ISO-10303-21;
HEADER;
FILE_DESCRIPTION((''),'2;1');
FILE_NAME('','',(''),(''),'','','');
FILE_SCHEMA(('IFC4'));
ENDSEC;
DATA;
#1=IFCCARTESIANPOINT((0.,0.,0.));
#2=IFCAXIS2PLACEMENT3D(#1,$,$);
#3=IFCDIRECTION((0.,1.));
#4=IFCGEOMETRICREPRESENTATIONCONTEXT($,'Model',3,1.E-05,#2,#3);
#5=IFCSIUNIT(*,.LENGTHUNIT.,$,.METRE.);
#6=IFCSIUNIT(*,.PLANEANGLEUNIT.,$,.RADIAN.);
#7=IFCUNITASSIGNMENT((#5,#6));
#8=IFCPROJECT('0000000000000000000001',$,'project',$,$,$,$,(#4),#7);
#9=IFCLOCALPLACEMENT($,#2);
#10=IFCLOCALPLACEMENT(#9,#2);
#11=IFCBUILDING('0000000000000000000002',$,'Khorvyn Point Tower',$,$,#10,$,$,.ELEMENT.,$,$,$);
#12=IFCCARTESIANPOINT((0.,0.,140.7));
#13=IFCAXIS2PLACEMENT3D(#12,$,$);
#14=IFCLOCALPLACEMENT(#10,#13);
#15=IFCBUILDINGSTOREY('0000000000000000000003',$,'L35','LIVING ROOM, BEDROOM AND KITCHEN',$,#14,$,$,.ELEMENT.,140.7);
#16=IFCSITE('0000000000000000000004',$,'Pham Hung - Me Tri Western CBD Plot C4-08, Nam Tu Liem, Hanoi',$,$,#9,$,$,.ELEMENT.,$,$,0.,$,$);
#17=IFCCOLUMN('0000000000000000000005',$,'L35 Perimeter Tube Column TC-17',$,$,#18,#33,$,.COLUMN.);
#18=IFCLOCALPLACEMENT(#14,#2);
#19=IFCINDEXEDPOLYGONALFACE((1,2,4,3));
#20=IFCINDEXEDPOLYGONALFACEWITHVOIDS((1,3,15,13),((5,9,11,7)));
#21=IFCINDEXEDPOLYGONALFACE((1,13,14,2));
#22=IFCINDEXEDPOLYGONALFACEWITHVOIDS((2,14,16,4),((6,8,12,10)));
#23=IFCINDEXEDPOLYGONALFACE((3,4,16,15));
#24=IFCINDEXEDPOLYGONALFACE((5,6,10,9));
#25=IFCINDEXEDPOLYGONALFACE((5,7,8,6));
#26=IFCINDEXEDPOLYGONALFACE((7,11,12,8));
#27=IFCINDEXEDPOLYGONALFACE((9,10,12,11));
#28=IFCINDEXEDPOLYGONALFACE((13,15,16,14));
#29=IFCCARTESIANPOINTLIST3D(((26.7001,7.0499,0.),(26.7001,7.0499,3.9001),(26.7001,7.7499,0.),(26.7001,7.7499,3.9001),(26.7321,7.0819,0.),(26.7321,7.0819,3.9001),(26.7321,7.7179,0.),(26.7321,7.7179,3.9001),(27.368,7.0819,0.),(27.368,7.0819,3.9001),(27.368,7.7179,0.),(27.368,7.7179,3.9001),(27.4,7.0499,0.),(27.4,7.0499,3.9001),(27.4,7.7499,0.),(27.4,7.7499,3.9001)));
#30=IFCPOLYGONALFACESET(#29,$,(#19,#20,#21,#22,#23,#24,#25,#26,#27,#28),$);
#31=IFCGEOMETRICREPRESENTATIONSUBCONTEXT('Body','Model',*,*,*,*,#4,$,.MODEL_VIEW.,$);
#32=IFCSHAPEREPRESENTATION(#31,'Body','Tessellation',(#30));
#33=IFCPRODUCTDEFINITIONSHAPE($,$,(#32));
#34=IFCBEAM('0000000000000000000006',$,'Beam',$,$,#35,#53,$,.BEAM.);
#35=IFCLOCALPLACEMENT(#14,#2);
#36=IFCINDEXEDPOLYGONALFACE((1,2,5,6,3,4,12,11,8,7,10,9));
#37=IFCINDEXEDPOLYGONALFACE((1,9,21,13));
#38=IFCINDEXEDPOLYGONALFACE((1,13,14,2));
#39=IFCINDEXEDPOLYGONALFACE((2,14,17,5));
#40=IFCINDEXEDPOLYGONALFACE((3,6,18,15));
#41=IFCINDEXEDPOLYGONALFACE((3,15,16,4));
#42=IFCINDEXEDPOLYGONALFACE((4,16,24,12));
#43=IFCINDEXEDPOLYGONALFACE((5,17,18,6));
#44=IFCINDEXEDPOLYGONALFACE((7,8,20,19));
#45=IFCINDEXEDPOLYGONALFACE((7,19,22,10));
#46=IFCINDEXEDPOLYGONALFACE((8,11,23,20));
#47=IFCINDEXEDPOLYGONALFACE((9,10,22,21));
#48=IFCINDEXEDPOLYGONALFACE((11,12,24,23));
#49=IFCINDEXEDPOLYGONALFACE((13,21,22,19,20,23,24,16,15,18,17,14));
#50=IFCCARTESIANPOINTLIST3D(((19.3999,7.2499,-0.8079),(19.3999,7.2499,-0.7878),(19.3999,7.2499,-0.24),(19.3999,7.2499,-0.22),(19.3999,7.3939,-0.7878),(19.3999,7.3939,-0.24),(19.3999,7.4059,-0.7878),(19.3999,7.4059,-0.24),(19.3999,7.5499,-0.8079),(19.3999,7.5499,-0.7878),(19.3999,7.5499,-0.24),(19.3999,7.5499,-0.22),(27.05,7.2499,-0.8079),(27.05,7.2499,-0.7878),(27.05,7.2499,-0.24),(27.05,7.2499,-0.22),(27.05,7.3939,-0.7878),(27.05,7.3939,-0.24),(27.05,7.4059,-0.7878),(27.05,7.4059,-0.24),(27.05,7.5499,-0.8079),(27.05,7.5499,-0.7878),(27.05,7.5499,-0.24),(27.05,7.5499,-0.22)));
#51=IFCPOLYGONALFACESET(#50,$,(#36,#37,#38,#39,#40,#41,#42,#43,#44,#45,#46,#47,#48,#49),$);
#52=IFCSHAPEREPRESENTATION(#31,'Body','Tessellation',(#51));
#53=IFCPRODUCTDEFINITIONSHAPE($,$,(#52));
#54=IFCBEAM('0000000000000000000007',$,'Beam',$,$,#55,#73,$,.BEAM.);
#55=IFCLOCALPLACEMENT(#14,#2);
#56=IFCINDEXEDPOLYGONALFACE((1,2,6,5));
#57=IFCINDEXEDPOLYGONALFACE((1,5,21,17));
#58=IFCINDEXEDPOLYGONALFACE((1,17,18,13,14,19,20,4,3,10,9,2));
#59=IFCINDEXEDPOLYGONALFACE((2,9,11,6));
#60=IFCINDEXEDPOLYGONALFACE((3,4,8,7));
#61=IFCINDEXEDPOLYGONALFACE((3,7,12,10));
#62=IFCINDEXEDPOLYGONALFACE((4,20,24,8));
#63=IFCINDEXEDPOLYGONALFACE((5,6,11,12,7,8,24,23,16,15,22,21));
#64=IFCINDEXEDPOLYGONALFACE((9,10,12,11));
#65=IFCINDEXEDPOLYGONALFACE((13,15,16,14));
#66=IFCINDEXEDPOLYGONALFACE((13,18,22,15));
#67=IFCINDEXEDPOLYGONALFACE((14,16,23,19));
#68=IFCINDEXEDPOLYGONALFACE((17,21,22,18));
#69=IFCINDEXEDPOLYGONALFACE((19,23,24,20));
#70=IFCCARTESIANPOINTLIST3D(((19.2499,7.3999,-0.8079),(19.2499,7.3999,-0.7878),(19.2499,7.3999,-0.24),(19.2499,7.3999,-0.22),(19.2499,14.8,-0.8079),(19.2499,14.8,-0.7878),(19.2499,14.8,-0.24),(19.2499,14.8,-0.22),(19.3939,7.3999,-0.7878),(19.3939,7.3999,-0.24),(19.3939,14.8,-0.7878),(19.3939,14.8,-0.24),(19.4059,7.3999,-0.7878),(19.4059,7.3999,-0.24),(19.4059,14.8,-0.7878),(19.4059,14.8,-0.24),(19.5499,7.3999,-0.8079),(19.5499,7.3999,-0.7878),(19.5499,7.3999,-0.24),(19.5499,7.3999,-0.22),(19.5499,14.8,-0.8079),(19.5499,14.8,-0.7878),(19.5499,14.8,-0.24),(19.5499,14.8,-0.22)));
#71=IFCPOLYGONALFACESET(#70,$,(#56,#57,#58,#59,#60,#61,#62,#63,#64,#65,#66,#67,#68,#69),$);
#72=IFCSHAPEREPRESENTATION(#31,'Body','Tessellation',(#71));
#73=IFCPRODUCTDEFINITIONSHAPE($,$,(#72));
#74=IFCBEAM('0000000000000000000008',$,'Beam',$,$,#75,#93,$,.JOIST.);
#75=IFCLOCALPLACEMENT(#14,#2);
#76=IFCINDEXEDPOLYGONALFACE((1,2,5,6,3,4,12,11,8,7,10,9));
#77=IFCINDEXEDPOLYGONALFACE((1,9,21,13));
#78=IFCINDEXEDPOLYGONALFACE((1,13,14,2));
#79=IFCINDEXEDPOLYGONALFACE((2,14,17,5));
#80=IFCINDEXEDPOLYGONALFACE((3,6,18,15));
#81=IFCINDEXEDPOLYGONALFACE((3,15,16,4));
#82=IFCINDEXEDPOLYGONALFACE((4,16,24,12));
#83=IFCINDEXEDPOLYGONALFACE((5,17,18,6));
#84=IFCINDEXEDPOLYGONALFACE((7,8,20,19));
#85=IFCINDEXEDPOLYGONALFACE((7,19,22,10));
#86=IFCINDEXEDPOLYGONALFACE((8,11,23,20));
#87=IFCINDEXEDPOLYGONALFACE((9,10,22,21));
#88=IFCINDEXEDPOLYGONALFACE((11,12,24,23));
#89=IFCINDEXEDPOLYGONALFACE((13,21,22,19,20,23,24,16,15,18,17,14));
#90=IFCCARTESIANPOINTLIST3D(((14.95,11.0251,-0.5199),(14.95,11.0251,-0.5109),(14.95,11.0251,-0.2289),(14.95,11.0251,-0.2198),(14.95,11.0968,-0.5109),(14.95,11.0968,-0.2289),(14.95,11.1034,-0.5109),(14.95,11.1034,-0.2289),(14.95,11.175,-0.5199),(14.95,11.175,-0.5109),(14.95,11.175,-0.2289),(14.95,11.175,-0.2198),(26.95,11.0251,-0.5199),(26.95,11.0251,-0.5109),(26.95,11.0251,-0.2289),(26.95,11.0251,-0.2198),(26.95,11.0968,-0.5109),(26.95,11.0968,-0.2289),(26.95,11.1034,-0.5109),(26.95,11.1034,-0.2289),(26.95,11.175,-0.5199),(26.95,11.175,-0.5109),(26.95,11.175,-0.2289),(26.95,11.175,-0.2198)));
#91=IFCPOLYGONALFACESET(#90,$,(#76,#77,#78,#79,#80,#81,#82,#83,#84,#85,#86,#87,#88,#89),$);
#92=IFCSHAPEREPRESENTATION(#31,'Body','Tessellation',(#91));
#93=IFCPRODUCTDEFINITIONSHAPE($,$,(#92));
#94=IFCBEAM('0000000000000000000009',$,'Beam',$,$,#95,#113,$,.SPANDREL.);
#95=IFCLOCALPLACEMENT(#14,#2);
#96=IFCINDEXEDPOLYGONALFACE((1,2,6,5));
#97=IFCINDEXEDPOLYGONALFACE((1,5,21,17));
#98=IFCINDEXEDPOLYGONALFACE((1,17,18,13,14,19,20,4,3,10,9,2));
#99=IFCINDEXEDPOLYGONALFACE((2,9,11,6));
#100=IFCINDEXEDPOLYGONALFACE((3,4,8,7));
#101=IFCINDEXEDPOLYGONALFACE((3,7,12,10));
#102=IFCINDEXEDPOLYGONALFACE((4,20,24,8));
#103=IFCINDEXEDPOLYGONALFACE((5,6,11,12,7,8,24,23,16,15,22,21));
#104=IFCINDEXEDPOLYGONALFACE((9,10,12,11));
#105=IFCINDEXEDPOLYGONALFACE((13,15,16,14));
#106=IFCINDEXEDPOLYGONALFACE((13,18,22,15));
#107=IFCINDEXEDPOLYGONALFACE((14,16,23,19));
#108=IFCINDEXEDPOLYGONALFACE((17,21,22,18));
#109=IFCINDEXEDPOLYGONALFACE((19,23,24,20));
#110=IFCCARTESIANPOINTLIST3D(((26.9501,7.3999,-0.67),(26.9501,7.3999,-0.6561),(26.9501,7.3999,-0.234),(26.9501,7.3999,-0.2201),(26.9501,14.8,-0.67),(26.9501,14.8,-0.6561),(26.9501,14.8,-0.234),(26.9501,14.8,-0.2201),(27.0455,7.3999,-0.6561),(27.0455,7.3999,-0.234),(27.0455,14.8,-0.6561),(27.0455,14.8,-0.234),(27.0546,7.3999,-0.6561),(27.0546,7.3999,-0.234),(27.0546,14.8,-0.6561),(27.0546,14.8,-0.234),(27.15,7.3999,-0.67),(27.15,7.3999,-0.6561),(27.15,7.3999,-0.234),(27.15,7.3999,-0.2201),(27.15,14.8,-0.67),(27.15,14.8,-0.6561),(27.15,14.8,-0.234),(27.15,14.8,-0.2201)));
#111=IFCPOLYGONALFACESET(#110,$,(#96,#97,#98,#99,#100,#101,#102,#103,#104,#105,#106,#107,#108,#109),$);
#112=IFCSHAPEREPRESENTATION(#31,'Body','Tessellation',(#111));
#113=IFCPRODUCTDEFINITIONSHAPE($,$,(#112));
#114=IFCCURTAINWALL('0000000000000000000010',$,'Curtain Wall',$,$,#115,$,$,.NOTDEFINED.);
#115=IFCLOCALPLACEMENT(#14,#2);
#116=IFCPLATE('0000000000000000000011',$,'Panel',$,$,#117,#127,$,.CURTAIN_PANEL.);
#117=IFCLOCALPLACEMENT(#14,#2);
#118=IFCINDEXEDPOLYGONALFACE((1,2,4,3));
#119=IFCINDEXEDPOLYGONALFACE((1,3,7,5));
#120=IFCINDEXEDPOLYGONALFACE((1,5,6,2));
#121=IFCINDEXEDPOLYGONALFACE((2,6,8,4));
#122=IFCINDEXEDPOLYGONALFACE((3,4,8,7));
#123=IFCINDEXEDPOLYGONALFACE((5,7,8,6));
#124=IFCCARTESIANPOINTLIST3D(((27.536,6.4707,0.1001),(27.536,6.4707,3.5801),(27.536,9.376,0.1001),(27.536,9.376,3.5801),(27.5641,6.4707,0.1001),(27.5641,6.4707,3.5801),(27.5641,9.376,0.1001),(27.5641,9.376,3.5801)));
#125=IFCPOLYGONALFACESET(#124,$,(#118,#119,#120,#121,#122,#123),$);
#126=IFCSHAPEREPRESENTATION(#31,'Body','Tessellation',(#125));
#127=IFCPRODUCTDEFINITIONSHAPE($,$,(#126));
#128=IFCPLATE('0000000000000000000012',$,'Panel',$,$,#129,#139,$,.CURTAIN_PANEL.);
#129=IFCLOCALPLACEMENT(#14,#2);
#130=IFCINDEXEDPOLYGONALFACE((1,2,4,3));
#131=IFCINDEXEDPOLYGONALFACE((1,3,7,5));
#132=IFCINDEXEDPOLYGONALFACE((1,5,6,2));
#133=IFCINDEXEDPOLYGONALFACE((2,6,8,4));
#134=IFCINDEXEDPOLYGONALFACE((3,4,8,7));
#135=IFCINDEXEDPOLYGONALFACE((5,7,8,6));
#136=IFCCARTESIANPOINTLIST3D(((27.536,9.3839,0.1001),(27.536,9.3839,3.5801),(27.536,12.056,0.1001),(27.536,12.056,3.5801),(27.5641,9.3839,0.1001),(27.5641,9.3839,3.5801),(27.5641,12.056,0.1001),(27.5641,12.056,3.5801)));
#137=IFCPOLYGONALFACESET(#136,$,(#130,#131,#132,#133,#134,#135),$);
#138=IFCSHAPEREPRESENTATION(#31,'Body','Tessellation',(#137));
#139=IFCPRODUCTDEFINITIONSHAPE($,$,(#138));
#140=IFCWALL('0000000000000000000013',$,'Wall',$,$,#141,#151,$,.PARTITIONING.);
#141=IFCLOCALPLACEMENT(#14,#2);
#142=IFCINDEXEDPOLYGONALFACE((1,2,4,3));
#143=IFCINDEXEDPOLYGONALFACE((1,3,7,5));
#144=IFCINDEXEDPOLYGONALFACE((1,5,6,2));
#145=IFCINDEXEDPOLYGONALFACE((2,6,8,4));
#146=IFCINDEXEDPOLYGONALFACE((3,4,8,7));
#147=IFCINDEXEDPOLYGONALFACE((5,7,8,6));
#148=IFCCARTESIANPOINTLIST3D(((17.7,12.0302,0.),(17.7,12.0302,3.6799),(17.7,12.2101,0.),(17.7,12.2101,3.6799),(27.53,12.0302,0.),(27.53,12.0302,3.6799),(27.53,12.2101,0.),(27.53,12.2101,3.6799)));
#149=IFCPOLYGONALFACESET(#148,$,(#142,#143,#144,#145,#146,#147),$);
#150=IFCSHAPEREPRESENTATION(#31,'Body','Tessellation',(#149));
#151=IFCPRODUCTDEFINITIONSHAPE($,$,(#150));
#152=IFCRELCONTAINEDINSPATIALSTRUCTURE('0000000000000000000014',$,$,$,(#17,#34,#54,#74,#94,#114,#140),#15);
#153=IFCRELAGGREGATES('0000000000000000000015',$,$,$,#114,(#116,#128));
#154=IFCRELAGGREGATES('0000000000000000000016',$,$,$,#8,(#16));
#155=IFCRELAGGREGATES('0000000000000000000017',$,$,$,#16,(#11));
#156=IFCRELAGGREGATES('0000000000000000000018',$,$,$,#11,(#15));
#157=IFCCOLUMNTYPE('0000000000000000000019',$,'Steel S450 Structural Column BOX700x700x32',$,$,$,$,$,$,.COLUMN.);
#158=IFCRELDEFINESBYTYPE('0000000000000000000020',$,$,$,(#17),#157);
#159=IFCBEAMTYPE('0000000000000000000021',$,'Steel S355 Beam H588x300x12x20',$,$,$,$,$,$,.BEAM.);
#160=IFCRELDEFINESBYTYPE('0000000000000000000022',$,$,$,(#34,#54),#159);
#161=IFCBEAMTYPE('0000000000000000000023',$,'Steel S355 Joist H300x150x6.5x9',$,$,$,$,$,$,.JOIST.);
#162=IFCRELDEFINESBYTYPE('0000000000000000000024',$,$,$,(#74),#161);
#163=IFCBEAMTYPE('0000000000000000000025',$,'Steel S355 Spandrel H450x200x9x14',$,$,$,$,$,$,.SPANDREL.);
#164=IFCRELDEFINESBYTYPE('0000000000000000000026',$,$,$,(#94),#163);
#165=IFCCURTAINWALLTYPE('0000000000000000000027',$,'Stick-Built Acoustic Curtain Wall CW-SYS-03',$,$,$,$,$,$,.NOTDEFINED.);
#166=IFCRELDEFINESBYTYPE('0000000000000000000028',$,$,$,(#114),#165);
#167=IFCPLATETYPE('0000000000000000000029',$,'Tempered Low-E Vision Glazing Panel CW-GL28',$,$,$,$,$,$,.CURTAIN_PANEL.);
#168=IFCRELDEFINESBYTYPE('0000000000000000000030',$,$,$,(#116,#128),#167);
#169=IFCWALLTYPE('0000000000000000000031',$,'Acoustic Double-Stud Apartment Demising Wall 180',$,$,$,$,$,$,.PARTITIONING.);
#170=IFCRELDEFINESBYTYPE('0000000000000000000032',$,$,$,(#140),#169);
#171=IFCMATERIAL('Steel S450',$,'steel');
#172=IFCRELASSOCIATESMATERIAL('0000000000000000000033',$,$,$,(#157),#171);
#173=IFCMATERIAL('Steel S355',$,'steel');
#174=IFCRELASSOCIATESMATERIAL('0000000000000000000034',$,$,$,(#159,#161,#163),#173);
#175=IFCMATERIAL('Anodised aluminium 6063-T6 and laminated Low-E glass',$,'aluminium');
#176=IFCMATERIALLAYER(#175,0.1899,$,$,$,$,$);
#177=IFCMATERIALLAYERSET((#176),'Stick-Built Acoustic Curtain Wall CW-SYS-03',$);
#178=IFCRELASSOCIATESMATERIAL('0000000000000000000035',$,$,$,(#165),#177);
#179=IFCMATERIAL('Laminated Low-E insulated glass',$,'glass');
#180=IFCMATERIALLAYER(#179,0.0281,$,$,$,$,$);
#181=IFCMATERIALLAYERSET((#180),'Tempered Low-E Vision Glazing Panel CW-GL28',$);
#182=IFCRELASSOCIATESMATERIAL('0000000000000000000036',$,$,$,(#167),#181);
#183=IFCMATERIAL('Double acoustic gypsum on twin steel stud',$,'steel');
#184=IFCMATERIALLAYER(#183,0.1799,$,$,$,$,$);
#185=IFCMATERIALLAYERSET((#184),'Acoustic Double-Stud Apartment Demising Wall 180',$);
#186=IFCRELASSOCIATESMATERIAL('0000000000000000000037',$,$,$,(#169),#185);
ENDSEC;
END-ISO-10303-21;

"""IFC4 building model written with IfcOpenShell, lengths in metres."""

from ifc_helpers import new_model, si_unit, direction, frame, frame_2d, origin, origin_2d, place, context, subcontext, project, spatial, rectangle, hollow_rectangle, i_section, extrude, material, layer, layer_set, material_profile, profile_set, type_object, element, aggregate, save


model = new_model("IFC4")

# Units and contexts
model_context = context("Model", 3, precision=1e-05, world=origin(), true_north=direction((0.0, 1.0)))
body_context = subcontext(model_context, "Body", "Model", "MODEL_VIEW")
ifc_project = project(units=[si_unit("LENGTHUNIT", "METRE"), si_unit("PLANEANGLEUNIT", "RADIAN")], contexts=[model_context])

# Site, building, storey
site_placement = place(None, origin())
site = spatial("IfcSite", under=ifc_project, at=site_placement, Name="Pham Hung - Me Tri Western CBD Plot C4-08, Nam Tu Liem, Hanoi", CompositionType="ELEMENT", RefElevation=0.0)
building_placement = place(site_placement, origin())
building = spatial("IfcBuilding", under=site, at=building_placement, Name="Khorvyn Point Tower", CompositionType="ELEMENT")
storey_placement = place(building_placement, frame((0.0, 0.0, 140.7)))
storey = spatial("IfcBuildingStorey", under=building, at=storey_placement, Name="L35", Description="LIVING ROOM, BEDROOM AND KITCHEN", CompositionType="ELEMENT", Elevation=140.7)

# Column
ifc_material_1 = material(Name="Steel S450", Category="steel")
ifc_material_profile_1 = material_profile(ifc_material_1, hollow_rectangle(XDim=0.7, YDim=0.7, WallThickness=0.032, at=origin_2d()))
ifc_profile_set_1 = profile_set([ifc_material_profile_1], Name="Steel S450 BOX700x700x32")
column_type = type_object("IfcColumnType", Name="Steel S450 Structural Column BOX700x700x32", PredefinedType="COLUMN", material=ifc_profile_set_1)
column_placement = place(storey_placement, frame((27.05, 7.3999, 0.0), z_axis=(0.0, 0.0, 1.0), x_axis=(1.0, 0.0, 0.0)))
element("IfcColumn", 1, at=column_placement, inside=storey, type_object=column_type, Name="L35 Perimeter Tube Column TC-17", PredefinedType="COLUMN", context=body_context, shape_type="SweptSolid", body=[
    extrude(hollow_rectangle(XDim=0.7, YDim=0.7, WallThickness=0.032, at=origin_2d()), origin(), (0.0, 0.0, 1.0), 3.9001),
])

# Beams
ifc_material_2 = material(Name="Steel S355", Category="steel")
ifc_material_profile_2 = material_profile(ifc_material_2, i_section(OverallWidth=0.3, OverallDepth=0.5879, WebThickness=0.012, FlangeThickness=0.02, at=origin_2d()))
ifc_profile_set_2 = profile_set([ifc_material_profile_2], Name="Steel S355 H588x300x12x20")
beam_type_1 = type_object("IfcBeamType", Name="Steel S355 Beam H588x300x12x20", PredefinedType="BEAM", material=ifc_profile_set_2)
beam_1_placement = place(storey_placement, frame((19.3999, 7.3999, -0.5139), z_axis=(1.0, 0.0, 0.0), x_axis=(0.0, 1.0, 0.0)))
element("IfcBeam", 2, at=beam_1_placement, inside=storey, type_object=beam_type_1, Name="Beam", PredefinedType="BEAM", context=body_context, shape_type="SweptSolid", body=[
    extrude(i_section(OverallWidth=0.3, OverallDepth=0.5879, WebThickness=0.012, FlangeThickness=0.02, at=origin_2d()), origin(), (0.0, 0.0, 1.0), 7.6501),
])
beam_2_placement = place(storey_placement, frame((19.3999, 7.3999, -0.5139), z_axis=(0.0, 1.0, 0.0), x_axis=(-1.0, 0.0, 0.0)))
element("IfcBeam", 3, at=beam_2_placement, inside=storey, type_object=beam_type_1, Name="Beam", PredefinedType="BEAM", context=body_context, shape_type="SweptSolid", body=[
    extrude(i_section(OverallWidth=0.3, OverallDepth=0.5879, WebThickness=0.012, FlangeThickness=0.02, at=origin_2d()), origin(), (0.0, 0.0, 1.0), 7.4001),
])
ifc_material_profile_3 = material_profile(ifc_material_2, i_section(OverallWidth=0.1499, OverallDepth=0.3, WebThickness=0.0066, FlangeThickness=0.009, at=origin_2d()))
ifc_profile_set_3 = profile_set([ifc_material_profile_3], Name="Steel S355 H300x150x6.5x9")
beam_type_2 = type_object("IfcBeamType", Name="Steel S355 Joist H300x150x6.5x9", PredefinedType="JOIST", material=ifc_profile_set_3)
beam_3_placement = place(storey_placement, frame((14.95, 11.1001, -0.3699), z_axis=(1.0, 0.0, 0.0), x_axis=(0.0, 1.0, 0.0)))
element("IfcBeam", 4, at=beam_3_placement, inside=storey, type_object=beam_type_2, Name="Beam", PredefinedType="JOIST", context=body_context, shape_type="SweptSolid", body=[
    extrude(i_section(OverallWidth=0.1499, OverallDepth=0.3, WebThickness=0.0066, FlangeThickness=0.009, at=origin_2d()), origin(), (0.0, 0.0, 1.0), 12.0),
])
ifc_material_profile_4 = material_profile(ifc_material_2, i_section(OverallWidth=0.2, OverallDepth=0.45, WebThickness=0.009, FlangeThickness=0.0139, at=origin_2d()))
ifc_profile_set_4 = profile_set([ifc_material_profile_4], Name="Steel S355 H450x200x9x14")
beam_type_3 = type_object("IfcBeamType", Name="Steel S355 Spandrel H450x200x9x14", PredefinedType="SPANDREL", material=ifc_profile_set_4)
beam_4_placement = place(storey_placement, frame((27.05, 7.3999, -0.4451), z_axis=(0.0, 1.0, 0.0), x_axis=(-1.0, 0.0, 0.0)))
element("IfcBeam", 5, at=beam_4_placement, inside=storey, type_object=beam_type_3, Name="Beam", PredefinedType="SPANDREL", context=body_context, shape_type="SweptSolid", body=[
    extrude(i_section(OverallWidth=0.2, OverallDepth=0.45, WebThickness=0.009, FlangeThickness=0.0139, at=origin_2d()), origin(), (0.0, 0.0, 1.0), 7.4001),
])

# Curtain wall, plates
ifc_material_3 = material(Name="Anodised aluminium 6063-T6 and laminated Low-E glass", Category="aluminium")
ifc_layer_1 = layer(ifc_material_3, 0.1899)
ifc_layer_set_1 = layer_set([ifc_layer_1], Name="Stick-Built Acoustic Curtain Wall CW-SYS-03")
curtain_wall_type = type_object("IfcCurtainWallType", Name="Stick-Built Acoustic Curtain Wall CW-SYS-03", PredefinedType="NOTDEFINED", material=ifc_layer_set_1)
curtain_wall_placement = place(storey_placement, origin())
curtain_wall = element("IfcCurtainWall", 6, at=curtain_wall_placement, inside=storey, type_object=curtain_wall_type, Name="Curtain Wall", PredefinedType="NOTDEFINED")
ifc_material_4 = material(Name="Laminated Low-E insulated glass", Category="glass")
ifc_layer_2 = layer(ifc_material_4, 0.0281)
ifc_layer_set_2 = layer_set([ifc_layer_2], Name="Tempered Low-E Vision Glazing Panel CW-GL28")
plate_type = type_object("IfcPlateType", Name="Tempered Low-E Vision Glazing Panel CW-GL28", PredefinedType="CURTAIN_PANEL", material=ifc_layer_set_2)
plate_1_placement = place(storey_placement, frame((27.55, 7.9233, 0.1001), z_axis=(0.0, 0.0, 1.0), x_axis=(0.0, -1.0, 0.0)))
plate_1 = element("IfcPlate", 7, at=plate_1_placement, type_object=plate_type, Name="Panel", PredefinedType="CURTAIN_PANEL", context=body_context, shape_type="SweptSolid", body=[
    extrude(rectangle(XDim=2.9053, YDim=0.0281, at=origin_2d()), origin(), (0.0, 0.0, 1.0), 3.48),
])
plate_2_placement = place(storey_placement, frame((27.55, 10.72, 0.1001), z_axis=(0.0, 0.0, 1.0), x_axis=(0.0, -1.0, 0.0)))
plate_2 = element("IfcPlate", 8, at=plate_2_placement, type_object=plate_type, Name="Panel", PredefinedType="CURTAIN_PANEL", context=body_context, shape_type="SweptSolid", body=[
    extrude(rectangle(XDim=2.6721, YDim=0.0281, at=origin_2d()), origin(), (0.0, 0.0, 1.0), 3.48),
])
aggregate(curtain_wall, [plate_1, plate_2])

# Wall
ifc_material_5 = material(Name="Double acoustic gypsum on twin steel stud", Category="steel")
ifc_layer_3 = layer(ifc_material_5, 0.1799)
ifc_layer_set_3 = layer_set([ifc_layer_3], Name="Acoustic Double-Stud Apartment Demising Wall 180")
wall_type_1 = type_object("IfcWallType", Name="Acoustic Double-Stud Apartment Demising Wall 180", PredefinedType="PARTITIONING", material=ifc_layer_set_3)
wall_1_placement = place(storey_placement, frame((17.7, 12.1201, 0.0), z_axis=(0.0, 0.0, 1.0), x_axis=(1.0, 0.0, 0.0)))
element("IfcWall", 9, at=wall_1_placement, inside=storey, type_object=wall_type_1, Name="Wall", PredefinedType="PARTITIONING", context=body_context, shape_type="SweptSolid", body=[
    extrude(rectangle(XDim=9.8301, YDim=0.1799, at=frame_2d((4.915, 0.0))), origin(), (0.0, 0.0, 1.0), 3.6799),
])

save(model, "model.ifc")
